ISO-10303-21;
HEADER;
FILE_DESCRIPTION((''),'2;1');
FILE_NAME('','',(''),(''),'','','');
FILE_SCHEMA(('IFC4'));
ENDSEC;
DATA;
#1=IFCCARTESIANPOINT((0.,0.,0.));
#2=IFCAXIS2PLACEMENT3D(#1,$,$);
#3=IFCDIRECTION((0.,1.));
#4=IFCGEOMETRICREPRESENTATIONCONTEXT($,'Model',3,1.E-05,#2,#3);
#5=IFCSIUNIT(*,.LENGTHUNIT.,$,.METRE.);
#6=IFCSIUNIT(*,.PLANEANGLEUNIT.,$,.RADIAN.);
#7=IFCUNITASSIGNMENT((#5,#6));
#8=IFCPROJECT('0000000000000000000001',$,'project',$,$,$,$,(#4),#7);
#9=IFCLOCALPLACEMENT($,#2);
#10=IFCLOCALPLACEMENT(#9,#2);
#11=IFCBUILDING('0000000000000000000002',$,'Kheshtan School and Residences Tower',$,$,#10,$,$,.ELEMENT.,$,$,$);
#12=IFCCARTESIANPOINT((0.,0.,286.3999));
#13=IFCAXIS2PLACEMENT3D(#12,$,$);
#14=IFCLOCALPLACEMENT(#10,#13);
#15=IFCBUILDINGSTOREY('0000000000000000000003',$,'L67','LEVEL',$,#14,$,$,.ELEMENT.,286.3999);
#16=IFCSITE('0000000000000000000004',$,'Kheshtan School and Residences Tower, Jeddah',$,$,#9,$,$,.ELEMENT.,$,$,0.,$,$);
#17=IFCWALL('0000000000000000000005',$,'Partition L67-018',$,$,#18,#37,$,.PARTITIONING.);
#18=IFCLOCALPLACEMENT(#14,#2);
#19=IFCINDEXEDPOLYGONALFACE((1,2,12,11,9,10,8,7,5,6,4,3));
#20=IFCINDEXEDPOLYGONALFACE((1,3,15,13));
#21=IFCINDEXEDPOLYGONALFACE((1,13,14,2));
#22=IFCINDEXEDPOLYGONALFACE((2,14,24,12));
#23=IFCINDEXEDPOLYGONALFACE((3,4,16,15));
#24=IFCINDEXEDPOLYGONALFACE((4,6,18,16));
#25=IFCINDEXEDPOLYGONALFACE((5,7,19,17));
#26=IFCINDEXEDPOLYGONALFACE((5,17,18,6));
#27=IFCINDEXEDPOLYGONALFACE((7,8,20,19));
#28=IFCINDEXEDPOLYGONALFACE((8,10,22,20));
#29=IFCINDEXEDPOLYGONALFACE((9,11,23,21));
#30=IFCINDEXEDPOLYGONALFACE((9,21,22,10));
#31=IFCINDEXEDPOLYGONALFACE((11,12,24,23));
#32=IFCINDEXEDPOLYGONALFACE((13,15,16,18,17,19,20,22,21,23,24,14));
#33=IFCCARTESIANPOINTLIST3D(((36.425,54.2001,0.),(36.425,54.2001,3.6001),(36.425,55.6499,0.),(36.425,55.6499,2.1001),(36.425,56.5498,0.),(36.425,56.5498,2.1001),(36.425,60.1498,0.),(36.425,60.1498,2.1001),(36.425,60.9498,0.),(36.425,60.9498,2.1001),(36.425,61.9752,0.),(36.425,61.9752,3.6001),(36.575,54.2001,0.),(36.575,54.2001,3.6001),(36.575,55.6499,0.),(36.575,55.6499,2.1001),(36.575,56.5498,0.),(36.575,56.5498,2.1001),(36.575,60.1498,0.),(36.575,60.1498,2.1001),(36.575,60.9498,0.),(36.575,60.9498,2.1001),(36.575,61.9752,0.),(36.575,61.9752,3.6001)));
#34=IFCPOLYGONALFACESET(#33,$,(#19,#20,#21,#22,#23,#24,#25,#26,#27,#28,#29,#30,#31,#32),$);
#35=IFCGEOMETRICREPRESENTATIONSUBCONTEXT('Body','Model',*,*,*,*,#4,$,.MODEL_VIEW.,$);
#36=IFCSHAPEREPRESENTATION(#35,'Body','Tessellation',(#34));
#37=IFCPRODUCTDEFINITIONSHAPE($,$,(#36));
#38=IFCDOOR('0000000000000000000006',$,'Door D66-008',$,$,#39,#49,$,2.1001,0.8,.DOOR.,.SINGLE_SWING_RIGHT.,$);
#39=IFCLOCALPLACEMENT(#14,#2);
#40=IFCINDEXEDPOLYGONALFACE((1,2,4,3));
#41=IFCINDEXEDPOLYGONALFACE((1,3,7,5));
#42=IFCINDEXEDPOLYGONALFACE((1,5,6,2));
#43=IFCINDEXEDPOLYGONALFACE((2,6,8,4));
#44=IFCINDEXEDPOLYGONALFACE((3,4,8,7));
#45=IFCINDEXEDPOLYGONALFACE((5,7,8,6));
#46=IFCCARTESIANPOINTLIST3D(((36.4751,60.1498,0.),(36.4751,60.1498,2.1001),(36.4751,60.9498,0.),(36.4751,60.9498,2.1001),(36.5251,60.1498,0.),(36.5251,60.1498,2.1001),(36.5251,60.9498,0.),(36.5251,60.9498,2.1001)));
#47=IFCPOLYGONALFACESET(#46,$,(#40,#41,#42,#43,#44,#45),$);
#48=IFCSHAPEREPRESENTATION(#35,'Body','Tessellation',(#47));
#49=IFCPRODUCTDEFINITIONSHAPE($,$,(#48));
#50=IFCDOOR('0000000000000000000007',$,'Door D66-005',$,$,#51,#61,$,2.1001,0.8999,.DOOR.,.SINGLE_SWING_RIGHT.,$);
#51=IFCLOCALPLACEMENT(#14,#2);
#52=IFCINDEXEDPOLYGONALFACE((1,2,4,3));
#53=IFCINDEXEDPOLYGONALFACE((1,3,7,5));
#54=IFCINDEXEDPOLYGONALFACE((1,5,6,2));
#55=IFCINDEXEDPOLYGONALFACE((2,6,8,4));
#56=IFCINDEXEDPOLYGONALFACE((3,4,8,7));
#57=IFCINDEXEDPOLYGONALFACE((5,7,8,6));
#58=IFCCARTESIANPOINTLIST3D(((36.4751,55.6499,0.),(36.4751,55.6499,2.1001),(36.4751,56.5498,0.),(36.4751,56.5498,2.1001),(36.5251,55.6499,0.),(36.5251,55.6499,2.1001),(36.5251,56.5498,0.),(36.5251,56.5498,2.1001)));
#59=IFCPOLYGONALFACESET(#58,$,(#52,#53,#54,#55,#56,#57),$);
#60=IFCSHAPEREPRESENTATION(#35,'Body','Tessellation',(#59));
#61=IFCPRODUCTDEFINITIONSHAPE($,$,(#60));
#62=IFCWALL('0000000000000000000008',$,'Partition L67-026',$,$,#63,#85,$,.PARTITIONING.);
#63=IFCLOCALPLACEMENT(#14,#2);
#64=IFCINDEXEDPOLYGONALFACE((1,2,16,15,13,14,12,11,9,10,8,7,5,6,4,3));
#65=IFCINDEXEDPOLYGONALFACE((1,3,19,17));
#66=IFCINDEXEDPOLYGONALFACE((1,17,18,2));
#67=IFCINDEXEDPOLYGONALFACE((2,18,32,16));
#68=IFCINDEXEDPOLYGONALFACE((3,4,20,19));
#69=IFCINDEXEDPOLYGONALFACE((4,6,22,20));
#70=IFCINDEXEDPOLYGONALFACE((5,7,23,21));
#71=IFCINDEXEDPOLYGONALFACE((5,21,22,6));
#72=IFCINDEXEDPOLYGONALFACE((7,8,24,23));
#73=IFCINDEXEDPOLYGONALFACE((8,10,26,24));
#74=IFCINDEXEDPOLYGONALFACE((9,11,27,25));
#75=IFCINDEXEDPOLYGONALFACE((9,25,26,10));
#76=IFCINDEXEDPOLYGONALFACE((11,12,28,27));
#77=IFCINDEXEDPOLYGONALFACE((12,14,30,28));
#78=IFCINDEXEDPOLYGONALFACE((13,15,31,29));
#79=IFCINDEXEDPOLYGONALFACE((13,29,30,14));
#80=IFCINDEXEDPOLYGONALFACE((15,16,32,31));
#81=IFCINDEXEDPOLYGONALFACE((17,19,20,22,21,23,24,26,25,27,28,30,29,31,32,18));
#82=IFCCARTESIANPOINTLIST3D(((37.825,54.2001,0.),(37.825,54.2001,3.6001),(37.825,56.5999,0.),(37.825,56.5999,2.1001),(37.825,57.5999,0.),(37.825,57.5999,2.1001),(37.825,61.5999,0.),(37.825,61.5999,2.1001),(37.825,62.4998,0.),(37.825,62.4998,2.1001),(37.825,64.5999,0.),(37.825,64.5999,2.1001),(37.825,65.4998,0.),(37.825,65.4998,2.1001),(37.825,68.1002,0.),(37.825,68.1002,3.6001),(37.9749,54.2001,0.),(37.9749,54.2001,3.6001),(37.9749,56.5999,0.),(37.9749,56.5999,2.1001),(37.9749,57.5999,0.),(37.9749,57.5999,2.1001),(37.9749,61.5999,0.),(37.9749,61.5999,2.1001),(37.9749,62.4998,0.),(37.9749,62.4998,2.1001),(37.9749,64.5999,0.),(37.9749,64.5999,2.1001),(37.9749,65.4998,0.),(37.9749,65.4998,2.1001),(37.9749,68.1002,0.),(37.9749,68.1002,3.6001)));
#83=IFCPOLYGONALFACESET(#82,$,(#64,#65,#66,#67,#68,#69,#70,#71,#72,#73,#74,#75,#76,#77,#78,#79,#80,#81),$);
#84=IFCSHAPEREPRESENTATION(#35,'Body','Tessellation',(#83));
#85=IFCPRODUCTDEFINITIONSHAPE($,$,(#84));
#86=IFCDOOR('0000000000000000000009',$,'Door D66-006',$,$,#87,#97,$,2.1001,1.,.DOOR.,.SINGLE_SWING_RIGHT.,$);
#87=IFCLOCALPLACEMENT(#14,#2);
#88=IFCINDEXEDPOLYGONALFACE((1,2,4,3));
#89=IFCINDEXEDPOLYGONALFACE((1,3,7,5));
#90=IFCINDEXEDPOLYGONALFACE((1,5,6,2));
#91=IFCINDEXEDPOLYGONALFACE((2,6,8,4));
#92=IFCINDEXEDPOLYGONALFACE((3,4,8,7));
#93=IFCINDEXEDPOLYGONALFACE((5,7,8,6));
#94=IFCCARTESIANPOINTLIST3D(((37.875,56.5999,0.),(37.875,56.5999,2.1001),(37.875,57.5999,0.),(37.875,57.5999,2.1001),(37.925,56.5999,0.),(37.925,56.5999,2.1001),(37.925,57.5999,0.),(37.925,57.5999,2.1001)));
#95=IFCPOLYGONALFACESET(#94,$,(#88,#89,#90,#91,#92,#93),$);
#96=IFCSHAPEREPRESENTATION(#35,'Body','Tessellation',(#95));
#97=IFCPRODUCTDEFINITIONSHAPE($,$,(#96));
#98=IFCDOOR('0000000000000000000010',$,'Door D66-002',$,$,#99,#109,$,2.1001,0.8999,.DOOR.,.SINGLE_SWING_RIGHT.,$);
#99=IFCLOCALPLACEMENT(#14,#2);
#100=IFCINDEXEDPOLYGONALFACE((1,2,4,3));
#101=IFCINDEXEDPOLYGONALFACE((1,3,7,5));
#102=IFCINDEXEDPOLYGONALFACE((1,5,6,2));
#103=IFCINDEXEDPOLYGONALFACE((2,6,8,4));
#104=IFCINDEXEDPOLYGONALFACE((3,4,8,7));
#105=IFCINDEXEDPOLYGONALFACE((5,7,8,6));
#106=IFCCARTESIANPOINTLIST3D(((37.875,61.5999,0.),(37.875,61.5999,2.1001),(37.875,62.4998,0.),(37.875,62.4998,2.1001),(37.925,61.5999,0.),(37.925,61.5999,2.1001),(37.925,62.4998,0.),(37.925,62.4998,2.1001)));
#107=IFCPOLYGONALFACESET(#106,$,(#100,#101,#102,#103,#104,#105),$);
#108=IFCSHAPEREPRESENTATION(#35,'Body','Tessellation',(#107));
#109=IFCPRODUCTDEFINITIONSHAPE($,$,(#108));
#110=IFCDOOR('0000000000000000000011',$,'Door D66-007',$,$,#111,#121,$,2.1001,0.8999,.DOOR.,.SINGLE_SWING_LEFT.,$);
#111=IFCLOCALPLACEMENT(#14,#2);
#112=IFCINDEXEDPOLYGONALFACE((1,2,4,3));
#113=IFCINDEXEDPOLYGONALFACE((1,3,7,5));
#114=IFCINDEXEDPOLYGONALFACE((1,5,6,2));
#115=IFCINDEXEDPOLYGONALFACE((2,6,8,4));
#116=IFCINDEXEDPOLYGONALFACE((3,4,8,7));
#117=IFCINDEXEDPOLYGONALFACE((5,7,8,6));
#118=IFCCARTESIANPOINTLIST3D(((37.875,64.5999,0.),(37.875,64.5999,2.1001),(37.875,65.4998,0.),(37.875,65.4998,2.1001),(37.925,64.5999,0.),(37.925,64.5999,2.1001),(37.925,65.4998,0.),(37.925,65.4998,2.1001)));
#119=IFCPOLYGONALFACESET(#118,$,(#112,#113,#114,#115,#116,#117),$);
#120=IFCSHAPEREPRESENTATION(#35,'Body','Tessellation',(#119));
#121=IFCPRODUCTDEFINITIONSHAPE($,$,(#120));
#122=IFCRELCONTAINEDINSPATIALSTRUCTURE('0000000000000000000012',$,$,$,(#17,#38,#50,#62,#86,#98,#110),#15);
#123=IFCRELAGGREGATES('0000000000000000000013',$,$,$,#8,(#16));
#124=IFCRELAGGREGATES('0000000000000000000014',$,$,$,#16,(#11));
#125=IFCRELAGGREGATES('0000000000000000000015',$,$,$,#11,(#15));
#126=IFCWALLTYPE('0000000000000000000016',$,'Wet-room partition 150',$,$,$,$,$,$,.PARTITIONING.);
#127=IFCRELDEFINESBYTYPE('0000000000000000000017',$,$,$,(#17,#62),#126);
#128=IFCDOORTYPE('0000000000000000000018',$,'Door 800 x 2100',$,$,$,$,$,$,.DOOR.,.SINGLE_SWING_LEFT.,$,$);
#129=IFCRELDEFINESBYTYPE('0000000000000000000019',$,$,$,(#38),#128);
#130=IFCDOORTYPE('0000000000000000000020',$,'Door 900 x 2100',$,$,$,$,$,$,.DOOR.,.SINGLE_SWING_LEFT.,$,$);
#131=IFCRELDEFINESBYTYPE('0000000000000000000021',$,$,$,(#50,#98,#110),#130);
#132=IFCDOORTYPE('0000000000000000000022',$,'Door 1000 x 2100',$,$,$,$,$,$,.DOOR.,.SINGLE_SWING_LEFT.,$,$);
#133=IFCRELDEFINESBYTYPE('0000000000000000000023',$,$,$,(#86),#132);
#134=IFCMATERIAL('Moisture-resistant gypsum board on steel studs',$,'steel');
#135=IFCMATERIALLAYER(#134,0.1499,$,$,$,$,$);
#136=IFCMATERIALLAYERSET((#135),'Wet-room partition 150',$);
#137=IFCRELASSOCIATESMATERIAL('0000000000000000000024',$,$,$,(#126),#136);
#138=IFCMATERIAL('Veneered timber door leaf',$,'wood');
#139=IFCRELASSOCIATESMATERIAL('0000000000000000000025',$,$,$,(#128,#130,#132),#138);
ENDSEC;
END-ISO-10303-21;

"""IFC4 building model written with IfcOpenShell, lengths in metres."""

from ifc_helpers import new_model, si_unit, direction, frame, frame_2d, origin, place, context, subcontext, project, spatial, rectangle, extrude, source, transform, mapped, material, layer, layer_set, type_object, element, fill, save


model = new_model("IFC4")

# Units and contexts
model_context = context("Model", 3, precision=1e-05, world=origin(), true_north=direction((0.0, 1.0)))
body_context = subcontext(model_context, "Body", "Model", "MODEL_VIEW")
ifc_project = project(units=[si_unit("LENGTHUNIT", "METRE"), si_unit("PLANEANGLEUNIT", "RADIAN")], contexts=[model_context])

# Site, building, storey
site_placement = place(None, origin())
site = spatial("IfcSite", under=ifc_project, at=site_placement, Name="Kheshtan School and Residences Tower, Jeddah", CompositionType="ELEMENT", RefElevation=0.0)
building_placement = place(site_placement, origin())
building = spatial("IfcBuilding", under=site, at=building_placement, Name="Kheshtan School and Residences Tower", CompositionType="ELEMENT")
storey_placement = place(building_placement, frame((0.0, 0.0, 286.3999)))
storey = spatial("IfcBuildingStorey", under=building, at=storey_placement, Name="L67", Description="LEVEL", CompositionType="ELEMENT", Elevation=286.3999)

# Walls, openings, doors
ifc_material_1 = material(Name="Moisture-resistant gypsum board on steel studs", Category="steel")
ifc_layer_1 = layer(ifc_material_1, 0.1499)
ifc_layer_set_1 = layer_set([ifc_layer_1], Name="Wet-room partition 150")
wall_type_1 = type_object("IfcWallType", Name="Wet-room partition 150", PredefinedType="PARTITIONING", material=ifc_layer_set_1)
wall_1_placement = place(storey_placement, frame((36.5, 54.2, 0.0), z_axis=(0.0, 0.0, 1.0), x_axis=(0.0, 1.0, 0.0)))
wall_1 = element("IfcWall", 1, at=wall_1_placement, inside=storey, type_object=wall_type_1, Name="Partition L67-018", PredefinedType="PARTITIONING", context=body_context, shape_type="SweptSolid", body=[
    extrude(rectangle(XDim=7.7751, YDim=0.1499, at=frame_2d((3.8877, 0.0))), origin(), (0.0, 0.0, 1.0), 3.6001),
])
opening_1_placement = place(wall_1_placement, frame((1.45, 0.0, 0.0)))
opening_1 = element("IfcOpeningElement", 2, at=opening_1_placement, cuts=wall_1, PredefinedType="OPENING", context=body_context, shape_type="SweptSolid", body=[
    extrude(rectangle(XDim=0.8999, YDim=2.1001, at=frame_2d((0.45, 1.05))), frame((0.0, 0.085, 0.0), z_axis=(0.0, -1.0, 0.0), x_axis=(1.0, 0.0, 0.0)), (0.0, 0.0, 1.0), 0.1699),
])
opening_2_placement = place(wall_1_placement, frame((5.95, 0.0, 0.0)))
opening_2 = element("IfcOpeningElement", 3, at=opening_2_placement, cuts=wall_1, PredefinedType="OPENING", context=body_context, shape_type="SweptSolid", body=[
    extrude(rectangle(XDim=0.8, YDim=2.1001, at=frame_2d((0.3999, 1.05))), frame((0.0, 0.085, 0.0), z_axis=(0.0, -1.0, 0.0), x_axis=(1.0, 0.0, 0.0)), (0.0, 0.0, 1.0), 0.1699),
])
ifc_material_2 = material(Name="Veneered timber door leaf", Category="wood")
door_type_1 = type_object("IfcDoorType", Name="Door 800 x 2100", OperationType="SINGLE_SWING_LEFT", PredefinedType="DOOR", material=ifc_material_2)
shared_shape_1 = source(origin(), body_context, "Body", "SweptSolid", [
    extrude(rectangle(XDim=0.8, YDim=2.1001, at=frame_2d((0.3999, 1.05))), frame((0.0, 0.0249, 0.0), z_axis=(0.0, -1.0, 0.0), x_axis=(1.0, 0.0, 0.0)), (0.0, 0.0, 1.0), 0.05),
])
door_1_placement = place(opening_2_placement, origin())
door_1 = element("IfcDoor", 4, at=door_1_placement, inside=storey, type_object=door_type_1, Name="Door D66-008", OperationType="SINGLE_SWING_RIGHT", OverallHeight=2.1001, OverallWidth=0.8, PredefinedType="DOOR", context=body_context, shape_type="MappedRepresentation", body=[
    mapped(shared_shape_1, transform((0.0, 0.0, 0.0), x_axis=(1.0, 0.0, 0.0), y_axis=(0.0, 1.0, 0.0), z_axis=(0.0, 0.0, 1.0), scale=1.0)),
])
fill(opening_2, door_1)
door_type_2 = type_object("IfcDoorType", Name="Door 900 x 2100", OperationType="SINGLE_SWING_LEFT", PredefinedType="DOOR", material=ifc_material_2)
shared_shape_2 = source(origin(), body_context, "Body", "SweptSolid", [
    extrude(rectangle(XDim=0.8999, YDim=2.1001, at=frame_2d((0.45, 1.05))), frame((0.0, 0.0249, 0.0), z_axis=(0.0, -1.0, 0.0), x_axis=(1.0, 0.0, 0.0)), (0.0, 0.0, 1.0), 0.05),
])
door_2_placement = place(opening_1_placement, origin())
door_2 = element("IfcDoor", 5, at=door_2_placement, inside=storey, type_object=door_type_2, Name="Door D66-005", OperationType="SINGLE_SWING_RIGHT", OverallHeight=2.1001, OverallWidth=0.8999, PredefinedType="DOOR", context=body_context, shape_type="MappedRepresentation", body=[
    mapped(shared_shape_2, transform((0.0, 0.0, 0.0), x_axis=(1.0, 0.0, 0.0), y_axis=(0.0, 1.0, 0.0), z_axis=(0.0, 0.0, 1.0), scale=1.0)),
])
fill(opening_1, door_2)
wall_2_placement = place(storey_placement, frame((37.8999, 54.2, 0.0), z_axis=(0.0, 0.0, 1.0), x_axis=(0.0, 1.0, 0.0)))
wall_2 = element("IfcWall", 6, at=wall_2_placement, inside=storey, type_object=wall_type_1, Name="Partition L67-026", PredefinedType="PARTITIONING", context=body_context, shape_type="SweptSolid", body=[
    extrude(rectangle(XDim=13.9001, YDim=0.1499, at=frame_2d((6.9502, 0.0))), origin(), (0.0, 0.0, 1.0), 3.6001),
])
opening_3_placement = place(wall_2_placement, frame((7.3999, 0.0, 0.0)))
opening_3 = element("IfcOpeningElement", 7, at=opening_3_placement, cuts=wall_2, PredefinedType="OPENING", context=body_context, shape_type="SweptSolid", body=[
    extrude(rectangle(XDim=0.8999, YDim=2.1001, at=frame_2d((0.45, 1.05))), frame((0.0, 0.085, 0.0), z_axis=(0.0, -1.0, 0.0), x_axis=(1.0, 0.0, 0.0)), (0.0, 0.0, 1.0), 0.1699),
])
opening_4_placement = place(wall_2_placement, frame((2.3999, 0.0, 0.0)))
opening_4 = element("IfcOpeningElement", 8, at=opening_4_placement, cuts=wall_2, PredefinedType="OPENING", context=body_context, shape_type="SweptSolid", body=[
    extrude(rectangle(XDim=1.0, YDim=2.1001, at=frame_2d((0.5, 1.05))), frame((0.0, 0.085, 0.0), z_axis=(0.0, -1.0, 0.0), x_axis=(1.0, 0.0, 0.0)), (0.0, 0.0, 1.0), 0.1699),
])
opening_5_placement = place(wall_2_placement, frame((10.3999, 0.0, 0.0)))
opening_5 = element("IfcOpeningElement", 9, at=opening_5_placement, cuts=wall_2, PredefinedType="OPENING", context=body_context, shape_type="SweptSolid", body=[
    extrude(rectangle(XDim=0.8999, YDim=2.1001, at=frame_2d((0.45, 1.05))), frame((0.0, 0.085, 0.0), z_axis=(0.0, -1.0, 0.0), x_axis=(1.0, 0.0, 0.0)), (0.0, 0.0, 1.0), 0.1699),
])
door_type_3 = type_object("IfcDoorType", Name="Door 1000 x 2100", OperationType="SINGLE_SWING_LEFT", PredefinedType="DOOR", material=ifc_material_2)
shared_shape_3 = source(origin(), body_context, "Body", "SweptSolid", [
    extrude(rectangle(XDim=1.0, YDim=2.1001, at=frame_2d((0.5, 1.05))), frame((0.0, 0.0249, 0.0), z_axis=(0.0, -1.0, 0.0), x_axis=(1.0, 0.0, 0.0)), (0.0, 0.0, 1.0), 0.05),
])
door_3_placement = place(opening_4_placement, origin())
door_3 = element("IfcDoor", 10, at=door_3_placement, inside=storey, type_object=door_type_3, Name="Door D66-006", OperationType="SINGLE_SWING_RIGHT", OverallHeight=2.1001, OverallWidth=1.0, PredefinedType="DOOR", context=body_context, shape_type="MappedRepresentation", body=[
    mapped(shared_shape_3, transform((0.0, 0.0, 0.0), x_axis=(1.0, 0.0, 0.0), y_axis=(0.0, 1.0, 0.0), z_axis=(0.0, 0.0, 1.0), scale=1.0)),
])
fill(opening_4, door_3)
door_4_placement = place(opening_3_placement, origin())
door_4 = element("IfcDoor", 11, at=door_4_placement, inside=storey, type_object=door_type_2, Name="Door D66-002", OperationType="SINGLE_SWING_RIGHT", OverallHeight=2.1001, OverallWidth=0.8999, PredefinedType="DOOR", context=body_context, shape_type="MappedRepresentation", body=[
    mapped(shared_shape_2, transform((0.0, 0.0, 0.0), x_axis=(1.0, 0.0, 0.0), y_axis=(0.0, 1.0, 0.0), z_axis=(0.0, 0.0, 1.0), scale=1.0)),
])
fill(opening_3, door_4)
door_5_placement = place(opening_5_placement, origin())
door_5 = element("IfcDoor", 12, at=door_5_placement, inside=storey, type_object=door_type_2, Name="Door D66-007", OperationType="SINGLE_SWING_LEFT", OverallHeight=2.1001, OverallWidth=0.8999, PredefinedType="DOOR", context=body_context, shape_type="MappedRepresentation", body=[
    mapped(shared_shape_2, transform((0.0, 0.0, 0.0), x_axis=(1.0, 0.0, 0.0), y_axis=(0.0, 1.0, 0.0), z_axis=(0.0, 0.0, 1.0), scale=1.0)),
])
fill(opening_5, door_5)

save(model, "model.ifc")
